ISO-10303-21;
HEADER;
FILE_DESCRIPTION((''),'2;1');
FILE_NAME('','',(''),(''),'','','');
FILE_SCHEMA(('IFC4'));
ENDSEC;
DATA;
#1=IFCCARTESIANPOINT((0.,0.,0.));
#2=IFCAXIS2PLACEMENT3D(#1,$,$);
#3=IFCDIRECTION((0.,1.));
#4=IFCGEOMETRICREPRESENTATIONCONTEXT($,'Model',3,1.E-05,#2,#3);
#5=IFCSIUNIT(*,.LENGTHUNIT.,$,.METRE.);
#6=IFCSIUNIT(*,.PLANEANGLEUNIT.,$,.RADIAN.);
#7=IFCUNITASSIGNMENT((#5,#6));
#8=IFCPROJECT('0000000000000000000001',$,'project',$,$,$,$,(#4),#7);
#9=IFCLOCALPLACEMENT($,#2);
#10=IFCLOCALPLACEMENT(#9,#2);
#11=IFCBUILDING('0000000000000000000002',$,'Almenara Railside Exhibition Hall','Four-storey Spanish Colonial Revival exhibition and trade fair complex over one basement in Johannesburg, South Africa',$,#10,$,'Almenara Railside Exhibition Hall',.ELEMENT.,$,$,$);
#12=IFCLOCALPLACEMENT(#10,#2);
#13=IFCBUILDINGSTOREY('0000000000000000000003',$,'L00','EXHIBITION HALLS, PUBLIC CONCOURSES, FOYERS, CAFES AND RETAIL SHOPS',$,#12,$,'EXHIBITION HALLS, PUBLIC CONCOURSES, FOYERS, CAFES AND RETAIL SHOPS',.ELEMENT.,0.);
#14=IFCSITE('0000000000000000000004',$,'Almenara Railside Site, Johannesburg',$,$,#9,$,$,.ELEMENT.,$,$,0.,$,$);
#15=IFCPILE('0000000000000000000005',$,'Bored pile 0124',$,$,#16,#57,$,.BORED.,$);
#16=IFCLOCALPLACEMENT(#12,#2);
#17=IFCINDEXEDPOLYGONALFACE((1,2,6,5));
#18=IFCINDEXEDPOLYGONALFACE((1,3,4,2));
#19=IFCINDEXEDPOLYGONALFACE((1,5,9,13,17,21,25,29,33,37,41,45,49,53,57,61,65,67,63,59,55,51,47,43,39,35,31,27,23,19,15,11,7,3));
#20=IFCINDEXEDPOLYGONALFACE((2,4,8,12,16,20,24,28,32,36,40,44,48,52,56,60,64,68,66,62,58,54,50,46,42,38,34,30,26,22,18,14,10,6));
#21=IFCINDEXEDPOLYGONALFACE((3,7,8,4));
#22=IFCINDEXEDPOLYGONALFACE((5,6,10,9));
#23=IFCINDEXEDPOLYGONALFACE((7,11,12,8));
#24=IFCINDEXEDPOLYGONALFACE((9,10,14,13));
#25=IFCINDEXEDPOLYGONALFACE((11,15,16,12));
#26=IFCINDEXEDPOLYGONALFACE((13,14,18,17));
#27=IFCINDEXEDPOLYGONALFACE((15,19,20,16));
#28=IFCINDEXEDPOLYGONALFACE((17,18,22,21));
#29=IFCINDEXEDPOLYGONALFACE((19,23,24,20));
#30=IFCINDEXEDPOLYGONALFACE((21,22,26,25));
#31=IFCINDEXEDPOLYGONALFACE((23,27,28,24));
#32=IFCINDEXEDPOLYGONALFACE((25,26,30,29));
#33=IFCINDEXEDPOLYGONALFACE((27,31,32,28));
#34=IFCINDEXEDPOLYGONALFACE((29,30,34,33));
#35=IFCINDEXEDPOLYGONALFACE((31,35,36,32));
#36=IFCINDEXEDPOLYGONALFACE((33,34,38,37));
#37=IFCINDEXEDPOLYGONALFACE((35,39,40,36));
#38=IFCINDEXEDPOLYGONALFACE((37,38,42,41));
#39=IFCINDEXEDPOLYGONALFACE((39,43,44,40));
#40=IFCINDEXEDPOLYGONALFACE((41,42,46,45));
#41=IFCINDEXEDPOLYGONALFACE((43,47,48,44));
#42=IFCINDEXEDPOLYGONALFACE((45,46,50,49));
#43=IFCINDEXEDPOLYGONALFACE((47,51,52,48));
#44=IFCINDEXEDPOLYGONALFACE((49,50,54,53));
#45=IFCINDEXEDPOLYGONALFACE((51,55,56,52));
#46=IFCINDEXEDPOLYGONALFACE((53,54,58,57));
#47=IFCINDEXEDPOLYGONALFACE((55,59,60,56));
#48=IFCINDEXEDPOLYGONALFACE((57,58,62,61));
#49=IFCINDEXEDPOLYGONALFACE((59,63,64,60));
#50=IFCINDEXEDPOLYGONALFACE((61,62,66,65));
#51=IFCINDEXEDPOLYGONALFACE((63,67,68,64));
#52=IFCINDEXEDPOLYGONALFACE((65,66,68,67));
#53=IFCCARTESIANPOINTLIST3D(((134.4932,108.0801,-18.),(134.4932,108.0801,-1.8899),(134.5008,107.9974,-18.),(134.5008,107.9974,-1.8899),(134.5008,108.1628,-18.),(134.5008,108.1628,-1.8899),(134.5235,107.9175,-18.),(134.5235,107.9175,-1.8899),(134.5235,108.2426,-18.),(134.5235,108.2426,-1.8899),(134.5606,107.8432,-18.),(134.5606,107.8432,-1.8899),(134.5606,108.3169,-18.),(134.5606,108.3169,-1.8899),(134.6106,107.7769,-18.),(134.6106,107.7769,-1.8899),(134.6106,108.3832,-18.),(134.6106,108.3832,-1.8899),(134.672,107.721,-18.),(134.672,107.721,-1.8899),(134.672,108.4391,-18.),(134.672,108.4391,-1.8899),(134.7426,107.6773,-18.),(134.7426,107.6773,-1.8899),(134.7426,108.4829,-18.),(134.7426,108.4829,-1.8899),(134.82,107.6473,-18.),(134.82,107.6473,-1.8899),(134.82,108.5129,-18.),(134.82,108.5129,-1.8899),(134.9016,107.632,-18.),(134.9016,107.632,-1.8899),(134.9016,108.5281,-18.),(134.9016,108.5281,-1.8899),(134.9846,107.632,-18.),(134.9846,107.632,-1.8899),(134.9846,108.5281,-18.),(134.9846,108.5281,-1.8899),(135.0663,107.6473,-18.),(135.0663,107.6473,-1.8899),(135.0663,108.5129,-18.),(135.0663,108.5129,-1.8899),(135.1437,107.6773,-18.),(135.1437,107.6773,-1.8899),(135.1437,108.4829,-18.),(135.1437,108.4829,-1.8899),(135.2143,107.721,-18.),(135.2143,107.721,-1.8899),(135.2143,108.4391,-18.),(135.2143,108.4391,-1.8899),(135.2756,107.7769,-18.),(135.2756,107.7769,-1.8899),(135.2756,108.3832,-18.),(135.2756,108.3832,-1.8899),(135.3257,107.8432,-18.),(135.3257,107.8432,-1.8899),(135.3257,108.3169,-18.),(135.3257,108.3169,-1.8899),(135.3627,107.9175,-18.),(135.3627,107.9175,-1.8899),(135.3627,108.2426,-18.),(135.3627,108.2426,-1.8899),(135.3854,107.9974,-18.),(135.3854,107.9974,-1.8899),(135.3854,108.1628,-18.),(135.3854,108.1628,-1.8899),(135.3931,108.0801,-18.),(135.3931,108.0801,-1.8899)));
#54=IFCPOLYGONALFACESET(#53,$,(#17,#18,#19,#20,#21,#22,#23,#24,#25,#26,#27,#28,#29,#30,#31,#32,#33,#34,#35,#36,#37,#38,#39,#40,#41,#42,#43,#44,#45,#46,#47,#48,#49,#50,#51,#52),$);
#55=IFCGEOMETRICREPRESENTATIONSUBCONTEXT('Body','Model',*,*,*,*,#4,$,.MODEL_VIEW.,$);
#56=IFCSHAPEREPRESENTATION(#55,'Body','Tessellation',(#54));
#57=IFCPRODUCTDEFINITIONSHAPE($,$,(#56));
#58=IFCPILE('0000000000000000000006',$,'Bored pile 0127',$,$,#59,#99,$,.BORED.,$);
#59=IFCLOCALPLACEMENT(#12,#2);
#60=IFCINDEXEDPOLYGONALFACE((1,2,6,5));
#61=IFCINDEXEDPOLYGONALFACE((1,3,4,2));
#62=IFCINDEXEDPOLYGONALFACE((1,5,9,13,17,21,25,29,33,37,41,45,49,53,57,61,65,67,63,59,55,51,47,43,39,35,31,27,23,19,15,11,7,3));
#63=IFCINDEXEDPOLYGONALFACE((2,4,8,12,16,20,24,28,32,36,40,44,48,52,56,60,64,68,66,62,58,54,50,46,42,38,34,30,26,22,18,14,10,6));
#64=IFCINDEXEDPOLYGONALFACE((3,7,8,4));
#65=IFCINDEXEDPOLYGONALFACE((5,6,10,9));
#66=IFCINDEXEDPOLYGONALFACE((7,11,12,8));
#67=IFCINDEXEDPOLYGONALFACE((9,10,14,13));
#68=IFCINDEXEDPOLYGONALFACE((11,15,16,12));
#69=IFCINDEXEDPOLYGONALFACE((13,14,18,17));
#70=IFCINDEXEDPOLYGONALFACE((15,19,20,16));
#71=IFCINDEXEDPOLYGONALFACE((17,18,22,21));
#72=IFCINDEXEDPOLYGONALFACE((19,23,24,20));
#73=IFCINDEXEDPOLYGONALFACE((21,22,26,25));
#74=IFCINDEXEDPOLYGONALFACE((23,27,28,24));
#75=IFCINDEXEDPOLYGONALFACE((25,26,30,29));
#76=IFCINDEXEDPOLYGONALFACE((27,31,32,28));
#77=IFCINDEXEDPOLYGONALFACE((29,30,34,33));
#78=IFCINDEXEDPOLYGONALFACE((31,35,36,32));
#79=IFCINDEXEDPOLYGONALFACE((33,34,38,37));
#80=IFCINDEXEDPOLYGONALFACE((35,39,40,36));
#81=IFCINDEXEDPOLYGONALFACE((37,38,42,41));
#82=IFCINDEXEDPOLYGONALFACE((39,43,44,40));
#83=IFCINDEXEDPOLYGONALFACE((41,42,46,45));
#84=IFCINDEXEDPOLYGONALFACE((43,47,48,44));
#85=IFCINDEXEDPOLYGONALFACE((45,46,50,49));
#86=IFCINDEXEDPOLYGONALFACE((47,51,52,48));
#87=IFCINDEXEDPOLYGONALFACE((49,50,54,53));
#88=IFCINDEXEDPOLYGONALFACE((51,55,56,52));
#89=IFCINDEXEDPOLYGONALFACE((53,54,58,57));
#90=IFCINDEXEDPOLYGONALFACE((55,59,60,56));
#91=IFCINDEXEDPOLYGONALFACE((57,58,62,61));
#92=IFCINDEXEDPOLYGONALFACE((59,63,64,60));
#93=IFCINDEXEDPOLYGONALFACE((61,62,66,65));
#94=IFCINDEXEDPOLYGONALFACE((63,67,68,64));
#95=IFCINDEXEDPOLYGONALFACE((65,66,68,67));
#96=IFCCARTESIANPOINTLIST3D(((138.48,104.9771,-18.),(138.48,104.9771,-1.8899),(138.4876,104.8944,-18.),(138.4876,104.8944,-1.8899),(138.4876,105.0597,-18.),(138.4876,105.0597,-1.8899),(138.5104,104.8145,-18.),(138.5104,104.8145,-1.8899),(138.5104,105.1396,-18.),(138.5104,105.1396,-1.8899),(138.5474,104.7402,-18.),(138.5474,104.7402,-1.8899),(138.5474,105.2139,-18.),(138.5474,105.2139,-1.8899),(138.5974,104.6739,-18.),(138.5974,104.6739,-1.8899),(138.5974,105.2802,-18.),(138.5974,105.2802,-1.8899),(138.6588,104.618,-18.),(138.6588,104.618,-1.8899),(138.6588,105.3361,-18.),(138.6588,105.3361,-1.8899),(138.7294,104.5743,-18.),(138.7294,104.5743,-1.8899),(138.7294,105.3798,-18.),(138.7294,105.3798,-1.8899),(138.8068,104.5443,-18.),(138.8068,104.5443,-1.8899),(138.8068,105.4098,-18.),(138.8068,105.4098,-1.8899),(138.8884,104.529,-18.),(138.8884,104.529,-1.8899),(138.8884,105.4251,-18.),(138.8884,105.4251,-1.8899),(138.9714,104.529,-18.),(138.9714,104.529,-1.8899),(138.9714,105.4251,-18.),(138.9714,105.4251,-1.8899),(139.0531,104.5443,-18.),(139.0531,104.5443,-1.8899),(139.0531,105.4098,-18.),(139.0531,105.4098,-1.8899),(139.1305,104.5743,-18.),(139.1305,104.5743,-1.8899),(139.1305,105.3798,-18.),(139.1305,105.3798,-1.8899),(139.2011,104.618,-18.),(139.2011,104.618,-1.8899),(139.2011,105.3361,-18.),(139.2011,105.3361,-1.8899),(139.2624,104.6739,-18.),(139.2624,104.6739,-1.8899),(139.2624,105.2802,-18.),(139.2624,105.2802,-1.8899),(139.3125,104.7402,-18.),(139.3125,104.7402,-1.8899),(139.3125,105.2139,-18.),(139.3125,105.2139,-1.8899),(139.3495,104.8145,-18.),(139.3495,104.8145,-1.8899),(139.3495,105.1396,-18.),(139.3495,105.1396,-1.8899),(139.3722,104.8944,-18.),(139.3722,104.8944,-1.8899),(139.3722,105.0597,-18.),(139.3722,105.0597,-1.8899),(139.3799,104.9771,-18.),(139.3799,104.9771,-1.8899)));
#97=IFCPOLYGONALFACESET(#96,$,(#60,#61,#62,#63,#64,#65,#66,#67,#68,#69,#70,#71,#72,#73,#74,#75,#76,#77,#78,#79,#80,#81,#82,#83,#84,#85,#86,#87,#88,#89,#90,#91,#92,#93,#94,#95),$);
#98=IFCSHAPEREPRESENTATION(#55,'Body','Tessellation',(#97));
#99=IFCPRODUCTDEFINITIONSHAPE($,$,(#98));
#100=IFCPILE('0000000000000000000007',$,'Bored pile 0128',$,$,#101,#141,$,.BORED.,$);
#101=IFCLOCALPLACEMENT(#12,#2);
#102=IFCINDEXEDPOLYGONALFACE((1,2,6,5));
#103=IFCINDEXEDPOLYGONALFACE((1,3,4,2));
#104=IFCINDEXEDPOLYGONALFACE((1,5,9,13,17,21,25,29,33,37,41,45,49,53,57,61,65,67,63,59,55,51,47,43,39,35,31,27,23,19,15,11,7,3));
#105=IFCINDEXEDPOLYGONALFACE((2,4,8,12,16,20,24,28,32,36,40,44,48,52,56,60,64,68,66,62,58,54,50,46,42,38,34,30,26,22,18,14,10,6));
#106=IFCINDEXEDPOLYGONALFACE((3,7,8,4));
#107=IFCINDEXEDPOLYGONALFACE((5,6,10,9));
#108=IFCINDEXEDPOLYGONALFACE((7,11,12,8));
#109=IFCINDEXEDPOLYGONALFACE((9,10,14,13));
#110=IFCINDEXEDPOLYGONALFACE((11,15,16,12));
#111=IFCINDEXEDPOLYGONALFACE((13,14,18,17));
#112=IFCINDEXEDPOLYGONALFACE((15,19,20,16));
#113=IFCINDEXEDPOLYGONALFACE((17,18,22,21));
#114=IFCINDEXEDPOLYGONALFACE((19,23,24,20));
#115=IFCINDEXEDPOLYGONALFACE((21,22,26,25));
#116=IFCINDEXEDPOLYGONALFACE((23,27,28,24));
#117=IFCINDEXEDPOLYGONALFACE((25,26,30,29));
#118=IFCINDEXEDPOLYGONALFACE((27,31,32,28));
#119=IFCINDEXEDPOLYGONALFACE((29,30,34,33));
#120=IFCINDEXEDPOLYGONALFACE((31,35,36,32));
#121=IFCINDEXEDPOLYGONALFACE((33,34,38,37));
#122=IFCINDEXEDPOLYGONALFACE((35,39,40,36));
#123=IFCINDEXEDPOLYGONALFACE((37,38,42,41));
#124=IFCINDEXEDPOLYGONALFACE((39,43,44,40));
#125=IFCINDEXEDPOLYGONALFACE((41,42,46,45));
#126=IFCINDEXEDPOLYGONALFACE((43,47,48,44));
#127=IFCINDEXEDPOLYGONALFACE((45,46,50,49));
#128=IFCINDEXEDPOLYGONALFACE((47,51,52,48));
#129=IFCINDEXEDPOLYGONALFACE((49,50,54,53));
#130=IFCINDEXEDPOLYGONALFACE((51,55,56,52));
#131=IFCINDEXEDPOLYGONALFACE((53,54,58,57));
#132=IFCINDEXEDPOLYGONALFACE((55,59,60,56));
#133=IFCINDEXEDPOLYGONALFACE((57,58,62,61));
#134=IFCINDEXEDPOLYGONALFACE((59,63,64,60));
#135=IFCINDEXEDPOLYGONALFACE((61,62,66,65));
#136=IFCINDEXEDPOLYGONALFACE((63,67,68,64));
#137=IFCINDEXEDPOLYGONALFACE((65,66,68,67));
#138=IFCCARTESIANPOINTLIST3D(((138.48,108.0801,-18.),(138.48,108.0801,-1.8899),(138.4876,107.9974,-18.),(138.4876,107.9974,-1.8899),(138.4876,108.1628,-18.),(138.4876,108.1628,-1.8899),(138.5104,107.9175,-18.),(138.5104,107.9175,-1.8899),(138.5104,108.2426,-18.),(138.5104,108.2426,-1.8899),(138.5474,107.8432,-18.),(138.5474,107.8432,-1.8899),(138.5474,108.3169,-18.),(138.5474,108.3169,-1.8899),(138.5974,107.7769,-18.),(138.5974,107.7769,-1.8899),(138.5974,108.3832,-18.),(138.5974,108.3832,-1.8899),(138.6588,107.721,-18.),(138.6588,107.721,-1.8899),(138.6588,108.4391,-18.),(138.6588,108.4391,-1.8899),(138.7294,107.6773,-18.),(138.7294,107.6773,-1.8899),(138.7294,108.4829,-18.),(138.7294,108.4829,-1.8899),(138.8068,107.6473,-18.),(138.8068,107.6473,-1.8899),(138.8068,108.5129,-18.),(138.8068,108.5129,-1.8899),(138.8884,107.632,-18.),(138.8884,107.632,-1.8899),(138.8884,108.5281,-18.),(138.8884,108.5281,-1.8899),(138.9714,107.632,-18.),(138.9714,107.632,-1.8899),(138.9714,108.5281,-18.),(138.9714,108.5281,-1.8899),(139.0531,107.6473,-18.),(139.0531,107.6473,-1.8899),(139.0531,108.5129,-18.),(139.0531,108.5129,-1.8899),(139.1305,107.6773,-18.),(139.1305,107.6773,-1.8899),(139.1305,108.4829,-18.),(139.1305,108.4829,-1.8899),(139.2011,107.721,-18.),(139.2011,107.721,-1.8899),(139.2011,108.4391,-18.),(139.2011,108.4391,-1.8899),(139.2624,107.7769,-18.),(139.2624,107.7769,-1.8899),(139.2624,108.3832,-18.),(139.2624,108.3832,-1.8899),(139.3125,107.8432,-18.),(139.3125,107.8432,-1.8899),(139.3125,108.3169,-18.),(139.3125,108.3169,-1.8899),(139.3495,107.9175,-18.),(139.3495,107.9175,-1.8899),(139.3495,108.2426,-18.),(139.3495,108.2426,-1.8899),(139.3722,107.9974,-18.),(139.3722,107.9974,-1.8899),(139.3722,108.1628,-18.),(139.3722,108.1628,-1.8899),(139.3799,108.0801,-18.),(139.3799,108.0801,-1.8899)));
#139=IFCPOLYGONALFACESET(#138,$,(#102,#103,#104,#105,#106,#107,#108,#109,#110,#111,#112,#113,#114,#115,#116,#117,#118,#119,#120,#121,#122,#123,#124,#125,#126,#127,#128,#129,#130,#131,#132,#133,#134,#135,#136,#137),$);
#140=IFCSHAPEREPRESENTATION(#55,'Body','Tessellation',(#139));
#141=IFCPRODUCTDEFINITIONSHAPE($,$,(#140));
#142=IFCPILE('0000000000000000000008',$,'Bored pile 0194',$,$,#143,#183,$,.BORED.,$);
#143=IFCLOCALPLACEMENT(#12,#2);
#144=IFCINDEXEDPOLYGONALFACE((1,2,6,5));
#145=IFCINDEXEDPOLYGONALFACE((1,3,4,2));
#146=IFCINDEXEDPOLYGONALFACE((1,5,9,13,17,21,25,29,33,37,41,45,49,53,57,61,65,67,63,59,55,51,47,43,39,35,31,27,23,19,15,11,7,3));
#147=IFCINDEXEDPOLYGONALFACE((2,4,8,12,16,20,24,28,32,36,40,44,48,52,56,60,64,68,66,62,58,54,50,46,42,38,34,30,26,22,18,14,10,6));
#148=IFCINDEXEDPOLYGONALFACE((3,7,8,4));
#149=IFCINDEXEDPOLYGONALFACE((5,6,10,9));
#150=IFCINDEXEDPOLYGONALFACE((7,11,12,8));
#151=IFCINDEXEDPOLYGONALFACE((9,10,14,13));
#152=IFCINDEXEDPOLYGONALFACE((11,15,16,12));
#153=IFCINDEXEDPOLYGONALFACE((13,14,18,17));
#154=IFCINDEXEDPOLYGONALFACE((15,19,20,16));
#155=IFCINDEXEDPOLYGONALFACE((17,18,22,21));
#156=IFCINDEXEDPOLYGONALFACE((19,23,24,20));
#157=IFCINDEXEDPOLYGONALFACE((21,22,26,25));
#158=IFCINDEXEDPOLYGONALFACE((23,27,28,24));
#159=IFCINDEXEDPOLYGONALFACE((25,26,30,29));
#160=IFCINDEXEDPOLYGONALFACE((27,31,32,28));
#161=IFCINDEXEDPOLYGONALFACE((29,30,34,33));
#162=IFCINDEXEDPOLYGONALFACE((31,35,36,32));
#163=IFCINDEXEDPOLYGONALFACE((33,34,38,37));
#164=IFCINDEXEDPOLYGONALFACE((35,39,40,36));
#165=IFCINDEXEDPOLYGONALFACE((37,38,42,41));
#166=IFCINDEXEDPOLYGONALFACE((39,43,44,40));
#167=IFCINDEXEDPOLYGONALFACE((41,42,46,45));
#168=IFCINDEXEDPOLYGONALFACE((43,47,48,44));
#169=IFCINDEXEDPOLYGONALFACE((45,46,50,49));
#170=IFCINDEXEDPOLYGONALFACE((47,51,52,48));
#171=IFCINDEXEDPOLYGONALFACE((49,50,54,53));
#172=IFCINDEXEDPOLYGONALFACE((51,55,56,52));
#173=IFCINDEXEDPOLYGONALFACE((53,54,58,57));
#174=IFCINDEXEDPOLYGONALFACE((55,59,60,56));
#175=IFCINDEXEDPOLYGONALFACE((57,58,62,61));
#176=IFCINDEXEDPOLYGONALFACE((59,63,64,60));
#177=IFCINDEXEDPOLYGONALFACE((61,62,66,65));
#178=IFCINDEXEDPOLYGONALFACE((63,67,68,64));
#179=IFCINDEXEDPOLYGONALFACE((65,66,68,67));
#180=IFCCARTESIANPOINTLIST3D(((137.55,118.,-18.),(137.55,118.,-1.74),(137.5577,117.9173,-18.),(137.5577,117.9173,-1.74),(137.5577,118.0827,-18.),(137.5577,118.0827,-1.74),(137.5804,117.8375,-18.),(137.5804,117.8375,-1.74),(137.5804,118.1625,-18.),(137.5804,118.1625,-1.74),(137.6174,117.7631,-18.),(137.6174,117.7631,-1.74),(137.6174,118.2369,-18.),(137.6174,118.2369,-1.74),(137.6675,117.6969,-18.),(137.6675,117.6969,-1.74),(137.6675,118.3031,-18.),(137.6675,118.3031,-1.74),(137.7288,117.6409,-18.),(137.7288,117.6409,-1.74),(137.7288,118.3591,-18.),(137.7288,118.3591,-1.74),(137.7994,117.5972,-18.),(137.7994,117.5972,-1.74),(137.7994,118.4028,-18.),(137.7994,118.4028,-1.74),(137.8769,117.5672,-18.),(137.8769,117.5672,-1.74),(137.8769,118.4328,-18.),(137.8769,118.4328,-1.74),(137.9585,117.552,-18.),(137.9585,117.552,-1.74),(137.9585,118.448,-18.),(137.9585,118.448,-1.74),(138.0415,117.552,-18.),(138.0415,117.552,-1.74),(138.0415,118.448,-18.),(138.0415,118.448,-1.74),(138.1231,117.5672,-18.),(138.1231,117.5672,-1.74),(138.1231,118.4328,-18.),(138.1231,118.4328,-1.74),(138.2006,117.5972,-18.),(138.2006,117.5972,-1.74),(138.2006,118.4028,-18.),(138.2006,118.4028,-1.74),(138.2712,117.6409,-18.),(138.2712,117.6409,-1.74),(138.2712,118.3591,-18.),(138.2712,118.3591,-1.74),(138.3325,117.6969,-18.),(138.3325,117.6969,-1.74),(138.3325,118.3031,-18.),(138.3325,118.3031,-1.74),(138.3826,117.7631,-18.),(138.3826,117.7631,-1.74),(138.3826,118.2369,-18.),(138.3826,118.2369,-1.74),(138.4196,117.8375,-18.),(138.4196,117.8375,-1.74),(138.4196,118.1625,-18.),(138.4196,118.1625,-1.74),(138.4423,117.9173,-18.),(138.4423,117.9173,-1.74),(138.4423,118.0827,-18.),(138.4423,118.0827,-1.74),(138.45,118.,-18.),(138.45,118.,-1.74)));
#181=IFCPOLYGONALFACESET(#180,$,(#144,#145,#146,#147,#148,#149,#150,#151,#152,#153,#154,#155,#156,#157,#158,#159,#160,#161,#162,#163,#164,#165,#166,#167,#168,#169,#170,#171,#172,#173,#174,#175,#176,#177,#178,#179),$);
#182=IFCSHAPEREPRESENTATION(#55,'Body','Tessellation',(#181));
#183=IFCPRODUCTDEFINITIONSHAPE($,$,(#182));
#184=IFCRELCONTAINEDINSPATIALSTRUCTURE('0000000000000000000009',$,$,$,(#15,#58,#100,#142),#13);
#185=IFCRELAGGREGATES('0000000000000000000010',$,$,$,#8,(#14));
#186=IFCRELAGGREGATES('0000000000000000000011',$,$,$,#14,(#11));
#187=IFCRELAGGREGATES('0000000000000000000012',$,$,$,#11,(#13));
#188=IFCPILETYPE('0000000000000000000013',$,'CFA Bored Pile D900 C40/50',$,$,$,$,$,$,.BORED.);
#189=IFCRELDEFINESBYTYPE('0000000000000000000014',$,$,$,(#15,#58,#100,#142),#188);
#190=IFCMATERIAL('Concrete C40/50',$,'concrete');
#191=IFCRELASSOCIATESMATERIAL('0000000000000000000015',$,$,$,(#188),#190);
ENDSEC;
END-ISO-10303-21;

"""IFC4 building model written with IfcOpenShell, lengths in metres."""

from ifc_helpers import new_model, si_unit, direction, frame, origin, origin_2d, place, context, subcontext, project, spatial, circle, extrude, material, material_profile, profile_set, type_object, element, save


model = new_model("IFC4")

# Units and contexts
model_context = context("Model", 3, precision=1e-05, world=origin(), true_north=direction((0.0, 1.0)))
body_context = subcontext(model_context, "Body", "Model", "MODEL_VIEW")
ifc_project = project(units=[si_unit("LENGTHUNIT", "METRE"), si_unit("PLANEANGLEUNIT", "RADIAN")], contexts=[model_context])

# Site, building, storey
site_placement = place(None, origin())
site = spatial("IfcSite", under=ifc_project, at=site_placement, Name="Almenara Railside Site, Johannesburg", CompositionType="ELEMENT", RefElevation=0.0)
building_placement = place(site_placement, origin())
building = spatial("IfcBuilding", under=site, at=building_placement, Name="Almenara Railside Exhibition Hall", Description="Four-storey Spanish Colonial Revival exhibition and trade fair complex over one basement in Johannesburg, South Africa", LongName="Almenara Railside Exhibition Hall", CompositionType="ELEMENT")
storey_placement = place(building_placement, origin())
storey = spatial("IfcBuildingStorey", under=building, at=storey_placement, Name="L00", Description="EXHIBITION HALLS, PUBLIC CONCOURSES, FOYERS, CAFES AND RETAIL SHOPS", LongName="EXHIBITION HALLS, PUBLIC CONCOURSES, FOYERS, CAFES AND RETAIL SHOPS", CompositionType="ELEMENT", Elevation=0.0)

# Piles
ifc_material_1 = material(Name="Concrete C40/50", Category="concrete")
ifc_material_profile_1 = material_profile(ifc_material_1, circle(Radius=0.45, at=origin_2d()), Name="CFA-PILE D900")
ifc_profile_set_1 = profile_set([ifc_material_profile_1], Name="Concrete C40/50")
pile_type = type_object("IfcPileType", Name="CFA Bored Pile D900 C40/50", PredefinedType="BORED", material=ifc_profile_set_1)
for number, where, z_axis, x_axis, name in (
    (1, (134.9431, 108.0801, -1.8899), (0.0, 0.0, -1.0), (1.0, 0.0, 0.0), "Bored pile 0124"),
    (2, (138.9299, 104.9771, -1.8899), (0.0, 0.0, -1.0), (1.0, 0.0, 0.0), "Bored pile 0127"),
    (3, (138.9299, 108.0801, -1.8899), (0.0, 0.0, -1.0), (1.0, 0.0, 0.0), "Bored pile 0128"),
):
    element("IfcPile", number, at=place(storey_placement, frame(where, z_axis=z_axis, x_axis=x_axis)), inside=storey, type_object=pile_type, Name=name, PredefinedType="BORED", context=body_context, shape_type="SweptSolid", body=[
        extrude(circle(Radius=0.45, at=origin_2d()), origin(), (0.0, 0.0, 1.0), 16.1101),
    ])
for number, where, z_axis, x_axis, name in (
    (4, (138.0, 118.0, -1.74), (0.0, 0.0, -1.0), (1.0, 0.0, 0.0), "Bored pile 0194"),
):
    element("IfcPile", number, at=place(storey_placement, frame(where, z_axis=z_axis, x_axis=x_axis)), inside=storey, type_object=pile_type, Name=name, PredefinedType="BORED", context=body_context, shape_type="SweptSolid", body=[
        extrude(circle(Radius=0.45, at=origin_2d()), origin(), (0.0, 0.0, 1.0), 16.26),
    ])

save(model, "model.ifc")
